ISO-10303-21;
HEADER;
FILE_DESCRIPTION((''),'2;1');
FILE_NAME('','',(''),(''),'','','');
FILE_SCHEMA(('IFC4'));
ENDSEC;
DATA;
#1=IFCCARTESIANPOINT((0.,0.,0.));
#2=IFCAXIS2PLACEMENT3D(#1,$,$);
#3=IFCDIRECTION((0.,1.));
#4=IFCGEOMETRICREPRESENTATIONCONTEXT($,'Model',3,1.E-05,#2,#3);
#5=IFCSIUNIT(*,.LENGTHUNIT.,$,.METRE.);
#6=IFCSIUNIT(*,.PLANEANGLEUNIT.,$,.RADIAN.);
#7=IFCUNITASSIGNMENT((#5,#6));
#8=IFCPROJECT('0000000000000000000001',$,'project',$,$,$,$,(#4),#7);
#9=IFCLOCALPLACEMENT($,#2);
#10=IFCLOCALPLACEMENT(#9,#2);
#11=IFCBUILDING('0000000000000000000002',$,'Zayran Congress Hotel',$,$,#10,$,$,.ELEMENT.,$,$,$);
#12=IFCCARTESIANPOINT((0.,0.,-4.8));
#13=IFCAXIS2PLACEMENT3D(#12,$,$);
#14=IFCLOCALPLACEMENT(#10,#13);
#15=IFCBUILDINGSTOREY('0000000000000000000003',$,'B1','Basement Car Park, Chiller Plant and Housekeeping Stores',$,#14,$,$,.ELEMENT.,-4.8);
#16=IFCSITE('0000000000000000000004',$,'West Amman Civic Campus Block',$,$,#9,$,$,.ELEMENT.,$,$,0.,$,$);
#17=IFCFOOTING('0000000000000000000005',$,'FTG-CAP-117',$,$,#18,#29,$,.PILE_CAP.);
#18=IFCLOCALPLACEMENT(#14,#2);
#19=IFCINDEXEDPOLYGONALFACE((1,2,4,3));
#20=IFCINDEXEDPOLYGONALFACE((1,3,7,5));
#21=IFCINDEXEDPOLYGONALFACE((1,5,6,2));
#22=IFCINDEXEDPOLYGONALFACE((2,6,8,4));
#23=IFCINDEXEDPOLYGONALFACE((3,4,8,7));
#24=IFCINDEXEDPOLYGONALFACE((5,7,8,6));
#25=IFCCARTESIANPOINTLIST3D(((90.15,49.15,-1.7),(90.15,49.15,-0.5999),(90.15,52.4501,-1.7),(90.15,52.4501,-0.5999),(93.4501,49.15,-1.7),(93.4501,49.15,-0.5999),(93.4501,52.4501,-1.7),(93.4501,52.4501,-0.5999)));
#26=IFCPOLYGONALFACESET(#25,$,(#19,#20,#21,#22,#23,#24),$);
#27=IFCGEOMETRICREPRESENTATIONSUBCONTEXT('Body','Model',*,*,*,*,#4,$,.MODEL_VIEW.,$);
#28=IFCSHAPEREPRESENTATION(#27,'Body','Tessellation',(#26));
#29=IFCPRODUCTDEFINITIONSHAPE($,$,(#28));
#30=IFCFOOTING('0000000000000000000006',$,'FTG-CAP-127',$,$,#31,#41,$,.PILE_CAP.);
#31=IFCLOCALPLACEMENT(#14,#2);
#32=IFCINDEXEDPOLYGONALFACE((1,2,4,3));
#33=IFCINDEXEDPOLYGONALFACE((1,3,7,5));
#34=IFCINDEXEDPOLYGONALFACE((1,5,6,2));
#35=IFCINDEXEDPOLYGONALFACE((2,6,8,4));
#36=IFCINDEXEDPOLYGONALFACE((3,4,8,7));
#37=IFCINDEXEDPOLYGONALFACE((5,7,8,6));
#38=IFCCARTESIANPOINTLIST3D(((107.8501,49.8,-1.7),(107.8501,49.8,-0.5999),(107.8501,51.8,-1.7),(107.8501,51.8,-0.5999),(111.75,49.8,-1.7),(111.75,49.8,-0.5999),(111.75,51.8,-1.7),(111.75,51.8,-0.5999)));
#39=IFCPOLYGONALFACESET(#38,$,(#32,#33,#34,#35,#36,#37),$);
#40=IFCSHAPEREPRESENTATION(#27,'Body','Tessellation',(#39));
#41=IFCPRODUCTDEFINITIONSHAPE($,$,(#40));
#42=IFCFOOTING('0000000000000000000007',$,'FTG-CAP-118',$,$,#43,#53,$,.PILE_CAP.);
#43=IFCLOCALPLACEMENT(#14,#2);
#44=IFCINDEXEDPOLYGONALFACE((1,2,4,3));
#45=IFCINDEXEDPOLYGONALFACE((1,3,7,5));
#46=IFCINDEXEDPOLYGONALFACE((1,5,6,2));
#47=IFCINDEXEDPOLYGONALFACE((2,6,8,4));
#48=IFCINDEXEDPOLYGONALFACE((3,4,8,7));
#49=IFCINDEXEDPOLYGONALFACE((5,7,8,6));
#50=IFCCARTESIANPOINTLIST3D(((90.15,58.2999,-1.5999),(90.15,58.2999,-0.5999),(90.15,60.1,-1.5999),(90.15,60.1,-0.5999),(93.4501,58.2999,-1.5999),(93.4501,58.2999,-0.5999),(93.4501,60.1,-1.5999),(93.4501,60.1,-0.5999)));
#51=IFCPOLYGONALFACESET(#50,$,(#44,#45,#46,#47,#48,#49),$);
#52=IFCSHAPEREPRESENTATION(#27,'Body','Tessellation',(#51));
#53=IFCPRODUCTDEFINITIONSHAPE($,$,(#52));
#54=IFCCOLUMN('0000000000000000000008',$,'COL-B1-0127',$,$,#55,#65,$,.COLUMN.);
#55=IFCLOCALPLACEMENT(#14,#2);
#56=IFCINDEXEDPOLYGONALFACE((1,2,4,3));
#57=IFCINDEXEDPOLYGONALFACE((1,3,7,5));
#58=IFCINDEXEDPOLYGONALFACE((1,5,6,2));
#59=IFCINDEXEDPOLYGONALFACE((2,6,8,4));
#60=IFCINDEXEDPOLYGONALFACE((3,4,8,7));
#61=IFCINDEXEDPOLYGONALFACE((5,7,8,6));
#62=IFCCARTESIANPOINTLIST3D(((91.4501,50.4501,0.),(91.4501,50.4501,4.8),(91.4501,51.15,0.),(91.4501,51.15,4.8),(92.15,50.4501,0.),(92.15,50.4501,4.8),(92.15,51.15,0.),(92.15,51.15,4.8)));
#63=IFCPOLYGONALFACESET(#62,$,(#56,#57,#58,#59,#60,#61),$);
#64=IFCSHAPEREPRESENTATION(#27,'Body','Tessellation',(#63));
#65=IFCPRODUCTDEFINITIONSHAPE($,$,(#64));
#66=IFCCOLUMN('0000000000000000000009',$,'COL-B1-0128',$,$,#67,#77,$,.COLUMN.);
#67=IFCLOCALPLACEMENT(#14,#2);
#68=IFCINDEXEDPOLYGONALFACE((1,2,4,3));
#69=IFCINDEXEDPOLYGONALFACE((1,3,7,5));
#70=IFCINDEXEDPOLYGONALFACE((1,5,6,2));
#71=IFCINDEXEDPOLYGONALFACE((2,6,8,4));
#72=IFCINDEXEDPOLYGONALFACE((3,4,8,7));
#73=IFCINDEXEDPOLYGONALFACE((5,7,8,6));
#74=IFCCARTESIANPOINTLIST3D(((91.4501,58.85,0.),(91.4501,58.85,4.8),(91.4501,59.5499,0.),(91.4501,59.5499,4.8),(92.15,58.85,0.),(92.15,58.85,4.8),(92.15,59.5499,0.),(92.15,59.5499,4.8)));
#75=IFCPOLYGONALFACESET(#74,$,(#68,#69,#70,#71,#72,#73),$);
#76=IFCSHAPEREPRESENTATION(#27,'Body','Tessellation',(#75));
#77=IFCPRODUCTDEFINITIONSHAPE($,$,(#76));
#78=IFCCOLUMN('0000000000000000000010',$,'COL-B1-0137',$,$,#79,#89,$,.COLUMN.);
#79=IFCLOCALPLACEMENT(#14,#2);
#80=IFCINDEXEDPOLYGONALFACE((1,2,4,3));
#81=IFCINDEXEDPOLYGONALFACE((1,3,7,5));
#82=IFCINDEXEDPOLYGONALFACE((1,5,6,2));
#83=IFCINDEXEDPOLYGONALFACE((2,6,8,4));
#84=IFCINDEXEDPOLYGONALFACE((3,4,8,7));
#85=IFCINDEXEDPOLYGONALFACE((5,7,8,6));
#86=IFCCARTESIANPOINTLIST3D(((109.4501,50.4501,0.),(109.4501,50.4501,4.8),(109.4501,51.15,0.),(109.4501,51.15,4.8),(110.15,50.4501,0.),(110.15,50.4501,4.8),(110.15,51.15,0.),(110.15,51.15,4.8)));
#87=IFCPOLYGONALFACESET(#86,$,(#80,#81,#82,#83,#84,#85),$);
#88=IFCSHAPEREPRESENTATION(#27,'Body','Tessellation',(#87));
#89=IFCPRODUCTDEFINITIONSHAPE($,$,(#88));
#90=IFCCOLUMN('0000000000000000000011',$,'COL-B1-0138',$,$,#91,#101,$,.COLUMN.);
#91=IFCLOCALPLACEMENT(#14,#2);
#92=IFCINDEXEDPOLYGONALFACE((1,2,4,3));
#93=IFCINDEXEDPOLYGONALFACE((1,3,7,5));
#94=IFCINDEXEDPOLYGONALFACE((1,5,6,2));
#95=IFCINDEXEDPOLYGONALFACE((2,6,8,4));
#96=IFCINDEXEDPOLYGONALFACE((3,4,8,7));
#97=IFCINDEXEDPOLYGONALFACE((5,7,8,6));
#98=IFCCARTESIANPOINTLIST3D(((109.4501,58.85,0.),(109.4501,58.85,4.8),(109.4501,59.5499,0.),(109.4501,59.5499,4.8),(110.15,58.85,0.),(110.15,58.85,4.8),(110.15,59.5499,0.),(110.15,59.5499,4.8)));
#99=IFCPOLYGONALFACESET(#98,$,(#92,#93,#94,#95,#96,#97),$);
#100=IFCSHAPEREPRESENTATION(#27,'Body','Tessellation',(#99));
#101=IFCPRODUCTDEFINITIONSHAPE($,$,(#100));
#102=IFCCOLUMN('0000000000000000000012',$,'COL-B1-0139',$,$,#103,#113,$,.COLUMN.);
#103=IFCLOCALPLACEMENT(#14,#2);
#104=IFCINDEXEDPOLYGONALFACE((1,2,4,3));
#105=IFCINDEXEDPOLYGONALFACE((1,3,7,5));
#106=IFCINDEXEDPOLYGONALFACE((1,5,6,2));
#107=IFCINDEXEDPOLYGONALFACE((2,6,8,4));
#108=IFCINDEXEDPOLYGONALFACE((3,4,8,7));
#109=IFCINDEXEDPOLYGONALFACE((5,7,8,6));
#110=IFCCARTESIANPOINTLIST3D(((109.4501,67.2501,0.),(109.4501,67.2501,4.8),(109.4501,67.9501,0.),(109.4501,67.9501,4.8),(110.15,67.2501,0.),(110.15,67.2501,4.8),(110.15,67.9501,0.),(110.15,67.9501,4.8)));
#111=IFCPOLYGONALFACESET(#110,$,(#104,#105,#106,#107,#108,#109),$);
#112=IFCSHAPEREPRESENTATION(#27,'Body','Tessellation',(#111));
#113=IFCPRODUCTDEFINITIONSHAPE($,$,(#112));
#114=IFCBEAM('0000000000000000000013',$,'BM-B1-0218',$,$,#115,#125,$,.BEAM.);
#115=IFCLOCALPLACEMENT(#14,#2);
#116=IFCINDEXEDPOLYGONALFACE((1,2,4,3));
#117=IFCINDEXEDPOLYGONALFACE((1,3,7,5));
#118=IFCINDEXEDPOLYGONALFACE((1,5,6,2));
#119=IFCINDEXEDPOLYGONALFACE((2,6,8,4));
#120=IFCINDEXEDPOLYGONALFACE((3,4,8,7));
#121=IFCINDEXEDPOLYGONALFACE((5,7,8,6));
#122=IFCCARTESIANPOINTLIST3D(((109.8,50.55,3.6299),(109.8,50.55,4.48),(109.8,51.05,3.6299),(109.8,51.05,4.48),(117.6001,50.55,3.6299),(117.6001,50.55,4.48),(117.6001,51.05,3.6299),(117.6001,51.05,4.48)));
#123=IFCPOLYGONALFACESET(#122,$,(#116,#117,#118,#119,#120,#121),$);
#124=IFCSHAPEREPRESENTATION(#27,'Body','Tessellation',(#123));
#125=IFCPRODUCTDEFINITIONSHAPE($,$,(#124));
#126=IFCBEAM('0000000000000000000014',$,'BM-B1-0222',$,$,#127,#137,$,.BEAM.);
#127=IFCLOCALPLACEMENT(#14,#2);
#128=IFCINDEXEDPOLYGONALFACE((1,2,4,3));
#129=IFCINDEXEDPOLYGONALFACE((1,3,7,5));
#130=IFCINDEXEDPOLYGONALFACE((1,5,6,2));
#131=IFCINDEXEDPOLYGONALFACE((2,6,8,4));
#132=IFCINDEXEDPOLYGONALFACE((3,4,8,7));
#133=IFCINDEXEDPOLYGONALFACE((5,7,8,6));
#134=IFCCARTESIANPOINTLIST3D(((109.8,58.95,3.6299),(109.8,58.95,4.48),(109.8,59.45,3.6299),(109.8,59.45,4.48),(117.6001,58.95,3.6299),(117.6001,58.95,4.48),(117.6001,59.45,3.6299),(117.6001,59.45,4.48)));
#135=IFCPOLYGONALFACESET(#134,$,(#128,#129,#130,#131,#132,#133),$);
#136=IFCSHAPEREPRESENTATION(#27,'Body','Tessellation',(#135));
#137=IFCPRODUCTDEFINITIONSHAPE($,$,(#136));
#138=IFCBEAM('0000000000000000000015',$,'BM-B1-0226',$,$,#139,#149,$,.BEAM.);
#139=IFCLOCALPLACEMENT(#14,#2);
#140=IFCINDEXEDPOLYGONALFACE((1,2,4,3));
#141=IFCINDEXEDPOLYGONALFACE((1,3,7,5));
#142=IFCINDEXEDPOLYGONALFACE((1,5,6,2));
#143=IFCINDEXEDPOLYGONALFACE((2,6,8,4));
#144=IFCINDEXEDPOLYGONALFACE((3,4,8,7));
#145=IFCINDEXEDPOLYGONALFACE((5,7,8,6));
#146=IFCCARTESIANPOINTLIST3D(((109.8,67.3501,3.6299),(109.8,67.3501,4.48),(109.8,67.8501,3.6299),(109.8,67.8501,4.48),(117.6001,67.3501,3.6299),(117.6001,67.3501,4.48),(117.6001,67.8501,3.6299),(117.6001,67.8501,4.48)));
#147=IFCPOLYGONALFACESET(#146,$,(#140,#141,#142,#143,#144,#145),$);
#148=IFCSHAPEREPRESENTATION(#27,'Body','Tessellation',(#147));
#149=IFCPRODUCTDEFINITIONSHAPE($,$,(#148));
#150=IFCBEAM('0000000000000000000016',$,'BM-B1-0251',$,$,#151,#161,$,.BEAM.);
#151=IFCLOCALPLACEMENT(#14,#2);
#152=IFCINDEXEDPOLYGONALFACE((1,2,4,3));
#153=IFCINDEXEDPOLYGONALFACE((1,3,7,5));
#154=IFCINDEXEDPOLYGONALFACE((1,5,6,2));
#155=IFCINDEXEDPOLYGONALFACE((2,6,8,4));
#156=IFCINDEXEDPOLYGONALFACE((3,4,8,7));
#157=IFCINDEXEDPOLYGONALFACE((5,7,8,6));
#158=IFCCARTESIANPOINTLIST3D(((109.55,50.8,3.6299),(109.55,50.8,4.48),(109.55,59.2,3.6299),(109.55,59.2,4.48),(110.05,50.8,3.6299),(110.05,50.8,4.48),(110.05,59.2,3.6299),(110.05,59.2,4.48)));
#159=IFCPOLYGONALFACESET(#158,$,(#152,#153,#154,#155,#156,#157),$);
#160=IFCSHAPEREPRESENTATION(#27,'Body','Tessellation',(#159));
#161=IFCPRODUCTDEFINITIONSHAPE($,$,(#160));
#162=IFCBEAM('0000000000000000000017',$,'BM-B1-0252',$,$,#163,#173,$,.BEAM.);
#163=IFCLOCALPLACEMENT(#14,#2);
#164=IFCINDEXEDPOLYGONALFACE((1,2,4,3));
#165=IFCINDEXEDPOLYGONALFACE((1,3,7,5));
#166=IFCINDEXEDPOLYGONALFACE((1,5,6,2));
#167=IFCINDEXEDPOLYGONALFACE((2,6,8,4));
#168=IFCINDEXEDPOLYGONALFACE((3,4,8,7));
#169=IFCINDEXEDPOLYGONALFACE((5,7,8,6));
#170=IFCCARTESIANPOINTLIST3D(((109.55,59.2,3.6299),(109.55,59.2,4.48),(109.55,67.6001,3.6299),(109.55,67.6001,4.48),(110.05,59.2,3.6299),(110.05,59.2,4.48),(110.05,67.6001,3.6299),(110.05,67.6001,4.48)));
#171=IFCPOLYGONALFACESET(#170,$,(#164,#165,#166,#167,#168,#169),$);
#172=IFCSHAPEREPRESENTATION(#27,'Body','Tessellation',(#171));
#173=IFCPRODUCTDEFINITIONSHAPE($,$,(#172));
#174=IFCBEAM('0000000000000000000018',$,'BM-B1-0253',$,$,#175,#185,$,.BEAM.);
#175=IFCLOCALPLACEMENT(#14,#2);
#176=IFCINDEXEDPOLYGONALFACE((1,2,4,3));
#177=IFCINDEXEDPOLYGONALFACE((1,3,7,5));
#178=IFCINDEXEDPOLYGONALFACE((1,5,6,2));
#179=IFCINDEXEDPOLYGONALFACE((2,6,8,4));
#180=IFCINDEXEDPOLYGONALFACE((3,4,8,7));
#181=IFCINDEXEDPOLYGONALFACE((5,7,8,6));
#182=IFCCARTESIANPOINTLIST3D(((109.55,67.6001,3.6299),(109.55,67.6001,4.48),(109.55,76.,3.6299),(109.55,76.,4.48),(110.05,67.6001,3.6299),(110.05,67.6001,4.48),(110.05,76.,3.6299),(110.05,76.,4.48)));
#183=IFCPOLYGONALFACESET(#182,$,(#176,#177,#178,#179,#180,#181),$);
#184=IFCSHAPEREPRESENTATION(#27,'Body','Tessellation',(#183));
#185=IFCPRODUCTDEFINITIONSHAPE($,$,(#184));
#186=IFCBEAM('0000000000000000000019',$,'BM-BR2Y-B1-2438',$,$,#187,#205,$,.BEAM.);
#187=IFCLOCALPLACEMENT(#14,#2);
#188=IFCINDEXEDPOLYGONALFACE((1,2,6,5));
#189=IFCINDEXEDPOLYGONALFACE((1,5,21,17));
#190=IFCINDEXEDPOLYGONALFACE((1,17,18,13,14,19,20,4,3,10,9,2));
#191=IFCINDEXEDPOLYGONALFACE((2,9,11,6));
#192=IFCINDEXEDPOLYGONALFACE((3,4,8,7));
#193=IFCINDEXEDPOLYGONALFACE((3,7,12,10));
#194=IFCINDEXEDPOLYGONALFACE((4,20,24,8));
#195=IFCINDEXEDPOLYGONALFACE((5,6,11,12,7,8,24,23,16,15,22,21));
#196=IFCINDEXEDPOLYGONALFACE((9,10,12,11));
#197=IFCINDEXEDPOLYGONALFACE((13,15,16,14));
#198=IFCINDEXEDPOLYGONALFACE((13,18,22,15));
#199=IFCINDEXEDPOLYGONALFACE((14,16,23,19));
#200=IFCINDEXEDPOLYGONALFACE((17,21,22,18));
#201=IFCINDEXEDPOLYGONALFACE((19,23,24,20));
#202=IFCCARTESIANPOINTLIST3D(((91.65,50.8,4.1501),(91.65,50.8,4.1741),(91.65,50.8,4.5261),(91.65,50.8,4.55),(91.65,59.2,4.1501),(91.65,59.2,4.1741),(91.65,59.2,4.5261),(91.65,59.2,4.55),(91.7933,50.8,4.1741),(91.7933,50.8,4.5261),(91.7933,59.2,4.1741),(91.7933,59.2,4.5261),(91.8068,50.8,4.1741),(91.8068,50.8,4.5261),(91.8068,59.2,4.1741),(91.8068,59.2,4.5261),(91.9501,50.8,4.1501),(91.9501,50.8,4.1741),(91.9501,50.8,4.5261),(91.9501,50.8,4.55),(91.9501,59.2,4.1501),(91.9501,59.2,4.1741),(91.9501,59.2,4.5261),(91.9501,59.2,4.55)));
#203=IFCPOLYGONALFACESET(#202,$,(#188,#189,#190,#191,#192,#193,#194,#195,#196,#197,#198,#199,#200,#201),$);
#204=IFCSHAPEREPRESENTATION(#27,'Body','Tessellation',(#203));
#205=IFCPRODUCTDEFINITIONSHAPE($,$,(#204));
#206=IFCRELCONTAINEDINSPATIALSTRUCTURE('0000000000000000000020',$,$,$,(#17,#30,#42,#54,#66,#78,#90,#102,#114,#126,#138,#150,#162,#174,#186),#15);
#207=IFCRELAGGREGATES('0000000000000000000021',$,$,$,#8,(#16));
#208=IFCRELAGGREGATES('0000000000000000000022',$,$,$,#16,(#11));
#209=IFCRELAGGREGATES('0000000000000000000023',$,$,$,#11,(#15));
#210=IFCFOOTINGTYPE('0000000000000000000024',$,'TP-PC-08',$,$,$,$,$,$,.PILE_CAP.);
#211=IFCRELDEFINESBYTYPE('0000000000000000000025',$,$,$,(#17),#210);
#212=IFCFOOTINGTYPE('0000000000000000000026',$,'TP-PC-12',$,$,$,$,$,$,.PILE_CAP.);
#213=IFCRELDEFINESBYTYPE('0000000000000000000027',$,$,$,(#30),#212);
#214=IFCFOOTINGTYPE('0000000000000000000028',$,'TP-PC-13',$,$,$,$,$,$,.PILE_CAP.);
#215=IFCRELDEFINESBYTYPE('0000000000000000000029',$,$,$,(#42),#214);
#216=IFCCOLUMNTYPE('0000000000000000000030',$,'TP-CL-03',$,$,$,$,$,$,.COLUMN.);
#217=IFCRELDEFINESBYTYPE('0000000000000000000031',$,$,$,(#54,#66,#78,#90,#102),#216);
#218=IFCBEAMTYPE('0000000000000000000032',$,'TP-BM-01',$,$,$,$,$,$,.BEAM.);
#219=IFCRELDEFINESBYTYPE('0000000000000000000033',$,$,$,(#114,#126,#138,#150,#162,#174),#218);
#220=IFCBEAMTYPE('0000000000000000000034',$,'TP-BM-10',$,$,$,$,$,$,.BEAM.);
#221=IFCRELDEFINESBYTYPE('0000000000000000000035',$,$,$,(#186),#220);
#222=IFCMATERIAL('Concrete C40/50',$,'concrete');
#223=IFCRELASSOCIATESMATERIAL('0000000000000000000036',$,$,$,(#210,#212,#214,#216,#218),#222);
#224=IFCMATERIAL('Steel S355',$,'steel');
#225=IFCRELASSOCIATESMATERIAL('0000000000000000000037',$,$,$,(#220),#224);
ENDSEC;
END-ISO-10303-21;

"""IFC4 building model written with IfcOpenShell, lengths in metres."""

from ifc_helpers import new_model, si_unit, direction, frame, origin, origin_2d, place, context, subcontext, project, spatial, rectangle, i_section, extrude, material, material_profile, profile_set, type_object, element, save


model = new_model("IFC4")

# Units and contexts
model_context = context("Model", 3, precision=1e-05, world=origin(), true_north=direction((0.0, 1.0)))
body_context = subcontext(model_context, "Body", "Model", "MODEL_VIEW")
ifc_project = project(units=[si_unit("LENGTHUNIT", "METRE"), si_unit("PLANEANGLEUNIT", "RADIAN")], contexts=[model_context])

# Site, building, storey
site_placement = place(None, origin())
site = spatial("IfcSite", under=ifc_project, at=site_placement, Name="West Amman Civic Campus Block", CompositionType="ELEMENT", RefElevation=0.0)
building_placement = place(site_placement, origin())
building = spatial("IfcBuilding", under=site, at=building_placement, Name="Zayran Congress Hotel", CompositionType="ELEMENT")
storey_placement = place(building_placement, frame((0.0, 0.0, -4.8)))
storey = spatial("IfcBuildingStorey", under=building, at=storey_placement, Name="B1", Description="Basement Car Park, Chiller Plant and Housekeeping Stores", CompositionType="ELEMENT", Elevation=-4.8)

# Shared definitions
ifc_material_1 = material(Name="Concrete C40/50", Category="concrete")

# Footings
footing_type_1 = type_object("IfcFootingType", Name="TP-PC-08", PredefinedType="PILE_CAP", material=ifc_material_1)
footing_1_placement = place(storey_placement, frame((91.8, 50.8, -1.7), z_axis=(0.0, 0.0, 1.0), x_axis=(1.0, 0.0, 0.0)))
element("IfcFooting", 1, at=footing_1_placement, inside=storey, type_object=footing_type_1, Name="FTG-CAP-117", PredefinedType="PILE_CAP", context=body_context, shape_type="SweptSolid", body=[
    extrude(rectangle(XDim=3.3, YDim=3.3, at=origin_2d()), origin(), (0.0, 0.0, 1.0), 1.1001),
])
footing_type_2 = type_object("IfcFootingType", Name="TP-PC-12", PredefinedType="PILE_CAP", material=ifc_material_1)
footing_2_placement = place(storey_placement, frame((109.8, 50.8, -1.7), z_axis=(0.0, 0.0, 1.0), x_axis=(1.0, 0.0, 0.0)))
element("IfcFooting", 2, at=footing_2_placement, inside=storey, type_object=footing_type_2, Name="FTG-CAP-127", PredefinedType="PILE_CAP", context=body_context, shape_type="SweptSolid", body=[
    extrude(rectangle(XDim=3.8999, YDim=2.0, at=origin_2d()), origin(), (0.0, 0.0, 1.0), 1.1001),
])
footing_type_3 = type_object("IfcFootingType", Name="TP-PC-13", PredefinedType="PILE_CAP", material=ifc_material_1)
footing_3_placement = place(storey_placement, frame((91.8, 59.2, -1.5999), z_axis=(0.0, 0.0, 1.0), x_axis=(1.0, 0.0, 0.0)))
element("IfcFooting", 3, at=footing_3_placement, inside=storey, type_object=footing_type_3, Name="FTG-CAP-118", PredefinedType="PILE_CAP", context=body_context, shape_type="SweptSolid", body=[
    extrude(rectangle(XDim=3.3, YDim=1.8, at=origin_2d()), origin(), (0.0, 0.0, 1.0), 1.0),
])

# Columns
ifc_material_profile_1 = material_profile(ifc_material_1, rectangle(XDim=0.7, YDim=0.7, at=origin_2d()), Name="RC 700x700")
ifc_profile_set_1 = profile_set([ifc_material_profile_1], Name="Concrete C40/50")
column_type = type_object("IfcColumnType", Name="TP-CL-03", PredefinedType="COLUMN", material=ifc_profile_set_1)
for number, where, z_axis, x_axis, name in (
    (4, (91.8, 50.8, 0.0), (0.0, 0.0, 1.0), (1.0, 0.0, 0.0), "COL-B1-0127"),
    (5, (91.8, 59.2, 0.0), (0.0, 0.0, 1.0), (1.0, 0.0, 0.0), "COL-B1-0128"),
    (6, (109.8, 50.8, 0.0), (0.0, 0.0, 1.0), (1.0, 0.0, 0.0), "COL-B1-0137"),
    (7, (109.8, 59.2, 0.0), (0.0, 0.0, 1.0), (1.0, 0.0, 0.0), "COL-B1-0138"),
    (8, (109.8, 67.6001, 0.0), (0.0, 0.0, 1.0), (1.0, 0.0, 0.0), "COL-B1-0139"),
):
    element("IfcColumn", number, at=place(storey_placement, frame(where, z_axis=z_axis, x_axis=x_axis)), inside=storey, type_object=column_type, Name=name, PredefinedType="COLUMN", context=body_context, shape_type="SweptSolid", body=[
        extrude(rectangle(XDim=0.7, YDim=0.7, at=origin_2d()), origin(), (0.0, 0.0, 1.0), 4.8),
    ])

# Beams
ifc_material_profile_2 = material_profile(ifc_material_1, rectangle(XDim=0.5, YDim=0.8501, at=origin_2d()), Name="RC 500x850")
ifc_profile_set_2 = profile_set([ifc_material_profile_2], Name="Concrete C40/50")
beam_type_1 = type_object("IfcBeamType", Name="TP-BM-01", PredefinedType="BEAM", material=ifc_profile_set_2)
for number, where, z_axis, x_axis, name in (
    (9, (109.8, 50.8, 4.0549), (1.0, 0.0, 0.0), (0.0, 1.0, 0.0), "BM-B1-0218"),
    (10, (109.8, 59.2, 4.0549), (1.0, 0.0, 0.0), (0.0, 1.0, 0.0), "BM-B1-0222"),
    (11, (109.8, 67.6001, 4.0549), (1.0, 0.0, 0.0), (0.0, 1.0, 0.0), "BM-B1-0226"),
):
    element("IfcBeam", number, at=place(storey_placement, frame(where, z_axis=z_axis, x_axis=x_axis)), inside=storey, type_object=beam_type_1, Name=name, PredefinedType="BEAM", context=body_context, shape_type="SweptSolid", body=[
        extrude(rectangle(XDim=0.5, YDim=0.8501, at=origin_2d()), origin(), (0.0, 0.0, 1.0), 7.8),
    ])
beam_1_placement = place(storey_placement, frame((109.8, 50.8, 4.0549), z_axis=(0.0, 1.0, 0.0), x_axis=(-1.0, 0.0, 0.0)))
element("IfcBeam", 12, at=beam_1_placement, inside=storey, type_object=beam_type_1, Name="BM-B1-0251", PredefinedType="BEAM", context=body_context, shape_type="SweptSolid", body=[
    extrude(rectangle(XDim=0.5, YDim=0.8501, at=origin_2d()), origin(), (0.0, 0.0, 1.0), 8.3999),
])
beam_2_placement = place(storey_placement, frame((109.8, 59.2, 4.0549), z_axis=(0.0, 1.0, 0.0), x_axis=(-1.0, 0.0, 0.0)))
element("IfcBeam", 13, at=beam_2_placement, inside=storey, type_object=beam_type_1, Name="BM-B1-0252", PredefinedType="BEAM", context=body_context, shape_type="SweptSolid", body=[
    extrude(rectangle(XDim=0.5, YDim=0.8501, at=origin_2d()), origin(), (0.0, 0.0, 1.0), 8.4001),
])
beam_3_placement = place(storey_placement, frame((109.8, 67.6001, 4.0549), z_axis=(0.0, 1.0, 0.0), x_axis=(-1.0, 0.0, 0.0)))
element("IfcBeam", 14, at=beam_3_placement, inside=storey, type_object=beam_type_1, Name="BM-B1-0253", PredefinedType="BEAM", context=body_context, shape_type="SweptSolid", body=[
    extrude(rectangle(XDim=0.5, YDim=0.8501, at=origin_2d()), origin(), (0.0, 0.0, 1.0), 8.3999),
])
ifc_material_2 = material(Name="Steel S355", Category="steel")
ifc_material_profile_3 = material_profile(ifc_material_2, i_section(OverallWidth=0.3, OverallDepth=0.3999, WebThickness=0.0134, FlangeThickness=0.0239, at=origin_2d()), Name="HEB 400")
ifc_profile_set_3 = profile_set([ifc_material_profile_3], Name="Steel S355")
beam_type_2 = type_object("IfcBeamType", Name="TP-BM-10", PredefinedType="BEAM", material=ifc_profile_set_3)
beam_4_placement = place(storey_placement, frame((91.8, 50.8, 4.3501), z_axis=(0.0, 1.0, 0.0), x_axis=(-1.0, 0.0, 0.0)))
element("IfcBeam", 15, at=beam_4_placement, inside=storey, type_object=beam_type_2, Name="BM-BR2Y-B1-2438", PredefinedType="BEAM", context=body_context, shape_type="SweptSolid", body=[
    extrude(i_section(OverallWidth=0.3, OverallDepth=0.3999, WebThickness=0.0134, FlangeThickness=0.0239, at=origin_2d()), origin(), (0.0, 0.0, 1.0), 8.3999),
])

save(model, "model.ifc")
